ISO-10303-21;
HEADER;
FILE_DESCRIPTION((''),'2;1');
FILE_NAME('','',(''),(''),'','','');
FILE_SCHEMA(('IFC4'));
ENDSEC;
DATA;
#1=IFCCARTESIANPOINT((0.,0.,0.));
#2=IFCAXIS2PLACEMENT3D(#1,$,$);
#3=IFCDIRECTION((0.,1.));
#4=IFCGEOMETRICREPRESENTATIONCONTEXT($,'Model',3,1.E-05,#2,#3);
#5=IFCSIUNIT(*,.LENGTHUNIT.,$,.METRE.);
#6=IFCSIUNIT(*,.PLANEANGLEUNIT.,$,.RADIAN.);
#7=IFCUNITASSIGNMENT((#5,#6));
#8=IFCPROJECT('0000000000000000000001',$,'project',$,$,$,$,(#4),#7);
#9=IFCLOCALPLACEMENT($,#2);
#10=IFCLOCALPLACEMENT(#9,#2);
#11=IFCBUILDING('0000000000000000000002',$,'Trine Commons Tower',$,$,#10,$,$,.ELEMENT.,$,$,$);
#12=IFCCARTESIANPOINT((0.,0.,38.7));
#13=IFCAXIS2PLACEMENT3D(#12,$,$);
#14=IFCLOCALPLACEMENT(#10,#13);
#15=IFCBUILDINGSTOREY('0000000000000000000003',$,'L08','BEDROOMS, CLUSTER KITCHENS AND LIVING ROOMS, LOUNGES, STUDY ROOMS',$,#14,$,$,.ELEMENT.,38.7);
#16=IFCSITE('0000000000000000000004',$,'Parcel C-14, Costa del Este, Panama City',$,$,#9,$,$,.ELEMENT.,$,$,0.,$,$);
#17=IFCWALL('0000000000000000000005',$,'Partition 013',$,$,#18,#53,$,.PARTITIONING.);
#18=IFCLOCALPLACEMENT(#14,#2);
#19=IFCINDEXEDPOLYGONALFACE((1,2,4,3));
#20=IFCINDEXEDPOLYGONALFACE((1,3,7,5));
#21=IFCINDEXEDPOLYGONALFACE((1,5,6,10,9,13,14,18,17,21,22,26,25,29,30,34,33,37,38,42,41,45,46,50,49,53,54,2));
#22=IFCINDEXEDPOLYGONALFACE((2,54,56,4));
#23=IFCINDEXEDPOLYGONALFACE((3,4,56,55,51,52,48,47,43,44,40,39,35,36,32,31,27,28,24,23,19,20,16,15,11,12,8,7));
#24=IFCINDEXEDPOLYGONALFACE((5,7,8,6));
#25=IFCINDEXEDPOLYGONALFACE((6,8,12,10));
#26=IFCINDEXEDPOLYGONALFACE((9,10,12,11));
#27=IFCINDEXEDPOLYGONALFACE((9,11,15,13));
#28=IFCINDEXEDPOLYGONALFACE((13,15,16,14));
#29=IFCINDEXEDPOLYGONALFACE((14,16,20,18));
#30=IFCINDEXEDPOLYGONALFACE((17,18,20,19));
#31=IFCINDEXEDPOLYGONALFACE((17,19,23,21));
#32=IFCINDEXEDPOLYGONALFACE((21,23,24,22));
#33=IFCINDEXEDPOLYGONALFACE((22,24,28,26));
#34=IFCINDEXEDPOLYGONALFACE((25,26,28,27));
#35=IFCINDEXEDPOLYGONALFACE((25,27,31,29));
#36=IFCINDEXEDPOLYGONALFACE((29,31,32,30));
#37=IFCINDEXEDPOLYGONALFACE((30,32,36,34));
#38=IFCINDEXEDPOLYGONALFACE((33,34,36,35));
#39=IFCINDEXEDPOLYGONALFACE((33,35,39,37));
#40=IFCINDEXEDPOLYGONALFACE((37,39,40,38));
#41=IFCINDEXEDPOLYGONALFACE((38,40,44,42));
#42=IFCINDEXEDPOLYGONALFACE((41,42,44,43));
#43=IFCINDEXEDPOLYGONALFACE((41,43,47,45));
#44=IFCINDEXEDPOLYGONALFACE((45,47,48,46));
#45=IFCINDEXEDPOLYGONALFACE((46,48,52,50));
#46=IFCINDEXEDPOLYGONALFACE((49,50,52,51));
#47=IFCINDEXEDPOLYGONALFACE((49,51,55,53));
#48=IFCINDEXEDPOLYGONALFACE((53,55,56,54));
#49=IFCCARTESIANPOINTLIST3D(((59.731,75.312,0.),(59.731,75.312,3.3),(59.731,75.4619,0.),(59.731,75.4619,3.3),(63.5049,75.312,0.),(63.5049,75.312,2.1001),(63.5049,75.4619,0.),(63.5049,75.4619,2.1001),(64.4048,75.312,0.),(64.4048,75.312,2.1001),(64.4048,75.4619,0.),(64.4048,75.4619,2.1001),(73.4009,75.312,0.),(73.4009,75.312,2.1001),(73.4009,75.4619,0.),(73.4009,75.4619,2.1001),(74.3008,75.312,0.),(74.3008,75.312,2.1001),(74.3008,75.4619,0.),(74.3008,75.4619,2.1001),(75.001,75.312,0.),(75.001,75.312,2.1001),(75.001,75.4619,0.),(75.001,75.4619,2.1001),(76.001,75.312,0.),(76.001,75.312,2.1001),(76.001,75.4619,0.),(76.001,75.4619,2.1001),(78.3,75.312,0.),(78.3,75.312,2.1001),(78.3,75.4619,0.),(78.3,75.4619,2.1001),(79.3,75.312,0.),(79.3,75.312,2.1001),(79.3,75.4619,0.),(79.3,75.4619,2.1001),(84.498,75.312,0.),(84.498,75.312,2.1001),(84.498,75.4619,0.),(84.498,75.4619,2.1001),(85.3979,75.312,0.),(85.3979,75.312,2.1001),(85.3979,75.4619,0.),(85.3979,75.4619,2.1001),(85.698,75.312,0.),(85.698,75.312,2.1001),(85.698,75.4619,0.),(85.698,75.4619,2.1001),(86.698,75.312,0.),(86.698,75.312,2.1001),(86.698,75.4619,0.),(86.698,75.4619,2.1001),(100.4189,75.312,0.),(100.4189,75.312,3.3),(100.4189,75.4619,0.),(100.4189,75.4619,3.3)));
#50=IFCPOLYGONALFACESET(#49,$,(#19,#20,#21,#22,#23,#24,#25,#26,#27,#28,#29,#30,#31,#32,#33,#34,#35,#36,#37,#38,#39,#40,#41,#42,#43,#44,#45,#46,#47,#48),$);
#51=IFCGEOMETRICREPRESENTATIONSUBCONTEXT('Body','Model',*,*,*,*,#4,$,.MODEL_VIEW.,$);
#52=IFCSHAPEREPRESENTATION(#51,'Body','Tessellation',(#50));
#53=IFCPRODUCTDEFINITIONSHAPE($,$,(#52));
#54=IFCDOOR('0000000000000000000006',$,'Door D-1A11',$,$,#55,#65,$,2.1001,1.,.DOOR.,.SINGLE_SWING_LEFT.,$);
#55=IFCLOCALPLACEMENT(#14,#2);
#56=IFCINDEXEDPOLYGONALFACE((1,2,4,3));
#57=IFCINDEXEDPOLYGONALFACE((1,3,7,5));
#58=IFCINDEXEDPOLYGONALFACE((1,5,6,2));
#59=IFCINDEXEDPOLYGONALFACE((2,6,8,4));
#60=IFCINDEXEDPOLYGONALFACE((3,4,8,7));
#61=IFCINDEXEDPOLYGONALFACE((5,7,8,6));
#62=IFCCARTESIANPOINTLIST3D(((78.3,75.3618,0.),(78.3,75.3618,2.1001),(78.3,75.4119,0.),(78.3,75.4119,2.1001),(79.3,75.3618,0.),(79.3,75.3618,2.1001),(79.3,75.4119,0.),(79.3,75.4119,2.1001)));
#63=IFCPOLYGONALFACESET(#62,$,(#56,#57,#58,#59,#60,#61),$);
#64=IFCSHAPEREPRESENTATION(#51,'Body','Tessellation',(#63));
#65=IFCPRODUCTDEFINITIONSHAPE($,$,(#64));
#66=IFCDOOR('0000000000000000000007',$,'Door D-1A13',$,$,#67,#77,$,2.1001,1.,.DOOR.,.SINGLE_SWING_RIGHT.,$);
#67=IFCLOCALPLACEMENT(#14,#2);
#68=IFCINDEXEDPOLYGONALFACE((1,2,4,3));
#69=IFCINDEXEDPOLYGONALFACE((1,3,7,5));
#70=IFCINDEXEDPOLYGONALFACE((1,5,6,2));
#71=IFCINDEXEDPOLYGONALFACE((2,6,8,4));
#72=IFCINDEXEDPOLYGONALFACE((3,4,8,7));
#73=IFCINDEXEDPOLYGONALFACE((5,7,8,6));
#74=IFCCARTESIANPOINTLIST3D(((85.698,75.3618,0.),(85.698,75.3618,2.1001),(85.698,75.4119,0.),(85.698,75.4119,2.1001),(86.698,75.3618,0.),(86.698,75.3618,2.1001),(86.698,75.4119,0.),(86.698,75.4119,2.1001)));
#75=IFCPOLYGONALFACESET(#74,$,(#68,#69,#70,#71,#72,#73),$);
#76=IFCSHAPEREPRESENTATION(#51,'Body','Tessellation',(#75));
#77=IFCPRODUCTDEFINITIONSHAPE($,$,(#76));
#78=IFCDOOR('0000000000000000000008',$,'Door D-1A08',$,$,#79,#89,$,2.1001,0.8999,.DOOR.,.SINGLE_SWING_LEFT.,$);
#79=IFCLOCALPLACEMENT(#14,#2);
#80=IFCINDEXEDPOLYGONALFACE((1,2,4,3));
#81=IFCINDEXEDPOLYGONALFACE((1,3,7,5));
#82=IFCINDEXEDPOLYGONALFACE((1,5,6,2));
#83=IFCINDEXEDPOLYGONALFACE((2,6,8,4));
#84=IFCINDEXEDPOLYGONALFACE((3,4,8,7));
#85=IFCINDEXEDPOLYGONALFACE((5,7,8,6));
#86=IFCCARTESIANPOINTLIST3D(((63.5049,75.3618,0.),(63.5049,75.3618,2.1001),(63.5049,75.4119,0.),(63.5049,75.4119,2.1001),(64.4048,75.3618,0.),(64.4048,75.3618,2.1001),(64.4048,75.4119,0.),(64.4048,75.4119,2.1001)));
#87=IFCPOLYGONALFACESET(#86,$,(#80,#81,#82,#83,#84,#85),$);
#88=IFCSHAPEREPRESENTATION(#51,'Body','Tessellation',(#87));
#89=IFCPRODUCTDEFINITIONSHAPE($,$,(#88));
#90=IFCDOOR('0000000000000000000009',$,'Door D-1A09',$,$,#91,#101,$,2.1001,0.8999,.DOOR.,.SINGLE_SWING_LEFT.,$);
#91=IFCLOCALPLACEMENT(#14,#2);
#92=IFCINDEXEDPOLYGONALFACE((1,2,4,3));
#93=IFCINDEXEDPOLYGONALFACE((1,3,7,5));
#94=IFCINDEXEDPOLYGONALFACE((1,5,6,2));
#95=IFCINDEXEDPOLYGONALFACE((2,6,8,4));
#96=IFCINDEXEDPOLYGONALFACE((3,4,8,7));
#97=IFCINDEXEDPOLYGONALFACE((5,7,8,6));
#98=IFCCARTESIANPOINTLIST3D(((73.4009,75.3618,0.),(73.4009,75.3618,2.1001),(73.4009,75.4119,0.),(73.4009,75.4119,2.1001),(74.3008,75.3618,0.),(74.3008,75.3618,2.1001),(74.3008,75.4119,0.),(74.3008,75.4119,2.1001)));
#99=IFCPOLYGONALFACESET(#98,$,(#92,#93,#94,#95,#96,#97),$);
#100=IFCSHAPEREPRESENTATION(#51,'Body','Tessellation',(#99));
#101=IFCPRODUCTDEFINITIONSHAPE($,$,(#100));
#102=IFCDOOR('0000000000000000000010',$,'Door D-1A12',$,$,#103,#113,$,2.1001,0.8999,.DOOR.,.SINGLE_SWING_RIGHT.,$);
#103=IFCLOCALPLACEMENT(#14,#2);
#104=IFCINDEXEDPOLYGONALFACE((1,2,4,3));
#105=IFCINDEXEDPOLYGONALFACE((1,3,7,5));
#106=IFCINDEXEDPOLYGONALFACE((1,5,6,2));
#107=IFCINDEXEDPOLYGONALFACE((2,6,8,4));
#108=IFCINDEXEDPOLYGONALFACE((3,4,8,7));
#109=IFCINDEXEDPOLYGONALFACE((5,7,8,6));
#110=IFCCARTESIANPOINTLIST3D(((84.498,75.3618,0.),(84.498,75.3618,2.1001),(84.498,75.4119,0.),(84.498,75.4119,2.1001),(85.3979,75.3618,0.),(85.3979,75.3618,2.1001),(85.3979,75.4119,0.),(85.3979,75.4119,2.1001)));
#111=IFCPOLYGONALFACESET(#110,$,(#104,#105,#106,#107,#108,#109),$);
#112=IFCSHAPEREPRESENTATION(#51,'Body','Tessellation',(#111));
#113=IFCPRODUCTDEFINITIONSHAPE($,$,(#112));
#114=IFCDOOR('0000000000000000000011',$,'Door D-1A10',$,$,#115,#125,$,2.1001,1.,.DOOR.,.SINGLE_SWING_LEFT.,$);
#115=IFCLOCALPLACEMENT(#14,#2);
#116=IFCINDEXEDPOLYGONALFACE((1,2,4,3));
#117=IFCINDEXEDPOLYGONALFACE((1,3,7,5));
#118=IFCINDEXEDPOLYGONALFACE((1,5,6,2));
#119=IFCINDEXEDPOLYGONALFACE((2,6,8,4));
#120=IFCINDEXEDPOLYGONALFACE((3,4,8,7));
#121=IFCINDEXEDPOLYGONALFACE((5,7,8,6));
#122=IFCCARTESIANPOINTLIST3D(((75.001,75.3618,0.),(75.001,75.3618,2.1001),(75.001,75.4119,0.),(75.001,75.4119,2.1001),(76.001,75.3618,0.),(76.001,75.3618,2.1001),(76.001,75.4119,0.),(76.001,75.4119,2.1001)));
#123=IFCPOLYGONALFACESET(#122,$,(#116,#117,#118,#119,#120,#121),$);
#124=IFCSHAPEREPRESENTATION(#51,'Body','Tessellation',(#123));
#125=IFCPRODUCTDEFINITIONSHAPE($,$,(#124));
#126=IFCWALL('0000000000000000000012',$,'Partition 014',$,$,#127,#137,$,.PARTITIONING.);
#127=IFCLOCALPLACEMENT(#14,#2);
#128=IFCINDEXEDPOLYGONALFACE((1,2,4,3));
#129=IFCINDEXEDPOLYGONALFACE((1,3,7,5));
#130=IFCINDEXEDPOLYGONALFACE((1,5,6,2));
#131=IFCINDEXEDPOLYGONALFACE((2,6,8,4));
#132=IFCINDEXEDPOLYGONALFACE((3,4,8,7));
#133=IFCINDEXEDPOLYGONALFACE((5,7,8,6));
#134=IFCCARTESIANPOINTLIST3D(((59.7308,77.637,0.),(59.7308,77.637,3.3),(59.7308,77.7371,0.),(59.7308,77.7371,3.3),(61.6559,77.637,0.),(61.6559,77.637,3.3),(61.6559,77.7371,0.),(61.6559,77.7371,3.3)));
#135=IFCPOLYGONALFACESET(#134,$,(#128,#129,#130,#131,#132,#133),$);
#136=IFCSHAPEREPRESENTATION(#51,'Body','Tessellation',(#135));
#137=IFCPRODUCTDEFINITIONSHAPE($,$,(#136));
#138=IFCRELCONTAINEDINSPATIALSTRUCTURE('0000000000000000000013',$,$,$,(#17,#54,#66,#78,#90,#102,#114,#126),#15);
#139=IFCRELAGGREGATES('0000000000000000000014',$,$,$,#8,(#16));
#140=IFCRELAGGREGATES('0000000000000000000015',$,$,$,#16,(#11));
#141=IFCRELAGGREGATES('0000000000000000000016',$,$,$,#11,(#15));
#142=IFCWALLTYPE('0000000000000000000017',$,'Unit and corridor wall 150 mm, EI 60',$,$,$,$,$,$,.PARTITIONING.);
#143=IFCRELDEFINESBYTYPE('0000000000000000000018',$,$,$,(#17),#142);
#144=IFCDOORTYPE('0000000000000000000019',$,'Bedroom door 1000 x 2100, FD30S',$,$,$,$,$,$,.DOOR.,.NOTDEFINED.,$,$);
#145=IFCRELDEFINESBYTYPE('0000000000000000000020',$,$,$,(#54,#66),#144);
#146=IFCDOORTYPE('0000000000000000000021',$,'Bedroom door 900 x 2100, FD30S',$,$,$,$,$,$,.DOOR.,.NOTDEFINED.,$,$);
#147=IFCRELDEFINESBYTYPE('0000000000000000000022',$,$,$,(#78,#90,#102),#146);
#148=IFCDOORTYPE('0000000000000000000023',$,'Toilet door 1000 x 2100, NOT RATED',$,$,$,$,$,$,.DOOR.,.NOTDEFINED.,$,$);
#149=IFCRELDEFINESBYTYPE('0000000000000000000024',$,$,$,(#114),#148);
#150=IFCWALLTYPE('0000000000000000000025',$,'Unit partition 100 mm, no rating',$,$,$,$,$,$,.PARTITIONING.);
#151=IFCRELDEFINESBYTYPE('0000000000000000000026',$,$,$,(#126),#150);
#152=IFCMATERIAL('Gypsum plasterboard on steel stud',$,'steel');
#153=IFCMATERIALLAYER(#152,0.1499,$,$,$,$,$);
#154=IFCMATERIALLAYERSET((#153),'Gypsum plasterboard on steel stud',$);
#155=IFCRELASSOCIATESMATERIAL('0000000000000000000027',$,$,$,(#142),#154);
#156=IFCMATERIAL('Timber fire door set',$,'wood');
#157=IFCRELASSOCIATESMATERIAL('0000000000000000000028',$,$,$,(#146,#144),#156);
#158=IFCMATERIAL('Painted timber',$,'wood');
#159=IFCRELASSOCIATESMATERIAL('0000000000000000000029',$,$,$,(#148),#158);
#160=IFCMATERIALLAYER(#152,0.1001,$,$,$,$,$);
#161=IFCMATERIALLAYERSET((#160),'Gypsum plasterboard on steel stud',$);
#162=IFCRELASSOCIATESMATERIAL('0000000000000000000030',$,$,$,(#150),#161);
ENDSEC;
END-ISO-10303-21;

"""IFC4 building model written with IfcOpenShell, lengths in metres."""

from ifc_helpers import new_model, si_unit, direction, frame, frame_2d, origin, place, context, subcontext, project, spatial, rectangle, extrude, material, layer, layer_set, type_object, element, fill, save


model = new_model("IFC4")

# Units and contexts
model_context = context("Model", 3, precision=1e-05, world=origin(), true_north=direction((0.0, 1.0)))
body_context = subcontext(model_context, "Body", "Model", "MODEL_VIEW")
ifc_project = project(units=[si_unit("LENGTHUNIT", "METRE"), si_unit("PLANEANGLEUNIT", "RADIAN")], contexts=[model_context])

# Site, building, storey
site_placement = place(None, origin())
site = spatial("IfcSite", under=ifc_project, at=site_placement, Name="Parcel C-14, Costa del Este, Panama City", CompositionType="ELEMENT", RefElevation=0.0)
building_placement = place(site_placement, origin())
building = spatial("IfcBuilding", under=site, at=building_placement, Name="Trine Commons Tower", CompositionType="ELEMENT")
storey_placement = place(building_placement, frame((0.0, 0.0, 38.7)))
storey = spatial("IfcBuildingStorey", under=building, at=storey_placement, Name="L08", Description="BEDROOMS, CLUSTER KITCHENS AND LIVING ROOMS, LOUNGES, STUDY ROOMS", CompositionType="ELEMENT", Elevation=38.7)

# Shared definitions
ifc_material_1 = material(Name="Gypsum plasterboard on steel stud", Category="steel")
ifc_layer_1 = layer(ifc_material_1, 0.1499)
ifc_layer_set_1 = layer_set([ifc_layer_1], Name="Gypsum plasterboard on steel stud")
wall_type_1 = type_object("IfcWallType", Name="Unit and corridor wall 150 mm, EI 60", PredefinedType="PARTITIONING", material=ifc_layer_set_1)

# Shared definitions
ifc_material_2 = material(Name="Timber fire door set", Category="wood")
door_type_1 = type_object("IfcDoorType", Name="Bedroom door 900 x 2100, FD30S", OperationType="NOTDEFINED", PredefinedType="DOOR", material=ifc_material_2)

# Wall, openings, doors
wall_1_placement = place(storey_placement, frame((59.731, 75.387, 0.0), z_axis=(0.0, 0.0, 1.0), x_axis=(1.0, 0.0, 0.0)))
wall_1 = element("IfcWall", 1, at=wall_1_placement, inside=storey, type_object=wall_type_1, Name="Partition 013", PredefinedType="PARTITIONING", context=body_context, shape_type="SweptSolid", body=[
    extrude(rectangle(XDim=40.688, YDim=0.1499, at=frame_2d((20.344, 0.0))), origin(), (0.0, 0.0, 1.0), 3.3),
])
opening_1_placement = place(wall_1_placement, frame((3.7739, 0.0, 0.0)))
opening_1 = element("IfcOpeningElement", 2, at=opening_1_placement, cuts=wall_1, PredefinedType="OPENING", context=body_context, shape_type="SweptSolid", body=[
    extrude(rectangle(XDim=0.8999, YDim=2.1001, at=frame_2d((0.45, 1.05))), frame((0.0, 0.085, 0.0), z_axis=(0.0, -1.0, 0.0), x_axis=(1.0, 0.0, 0.0)), (0.0, 0.0, 1.0), 0.1699),
])
opening_2_placement = place(wall_1_placement, frame((13.6699, 0.0, 0.0)))
opening_2 = element("IfcOpeningElement", 3, at=opening_2_placement, cuts=wall_1, PredefinedType="OPENING", context=body_context, shape_type="SweptSolid", body=[
    extrude(rectangle(XDim=0.8999, YDim=2.1001, at=frame_2d((0.45, 1.05))), frame((0.0, 0.085, 0.0), z_axis=(0.0, -1.0, 0.0), x_axis=(1.0, 0.0, 0.0)), (0.0, 0.0, 1.0), 0.1699),
])
opening_3_placement = place(wall_1_placement, frame((15.27, 0.0, 0.0)))
opening_3 = element("IfcOpeningElement", 4, at=opening_3_placement, cuts=wall_1, PredefinedType="OPENING", context=body_context, shape_type="SweptSolid", body=[
    extrude(rectangle(XDim=1.0, YDim=2.1001, at=frame_2d((0.5, 1.05))), frame((0.0, 0.085, 0.0), z_axis=(0.0, -1.0, 0.0), x_axis=(1.0, 0.0, 0.0)), (0.0, 0.0, 1.0), 0.1699),
])
opening_4_placement = place(wall_1_placement, frame((18.5691, 0.0, 0.0)))
opening_4 = element("IfcOpeningElement", 5, at=opening_4_placement, cuts=wall_1, PredefinedType="OPENING", context=body_context, shape_type="SweptSolid", body=[
    extrude(rectangle(XDim=1.0, YDim=2.1001, at=frame_2d((0.5, 1.05))), frame((0.0, 0.085, 0.0), z_axis=(0.0, -1.0, 0.0), x_axis=(1.0, 0.0, 0.0)), (0.0, 0.0, 1.0), 0.1699),
])
opening_5_placement = place(wall_1_placement, frame((24.7671, 0.0, 0.0)))
opening_5 = element("IfcOpeningElement", 6, at=opening_5_placement, cuts=wall_1, PredefinedType="OPENING", context=body_context, shape_type="SweptSolid", body=[
    extrude(rectangle(XDim=0.8999, YDim=2.1001, at=frame_2d((0.45, 1.05))), frame((0.0, 0.085, 0.0), z_axis=(0.0, -1.0, 0.0), x_axis=(1.0, 0.0, 0.0)), (0.0, 0.0, 1.0), 0.1699),
])
opening_6_placement = place(wall_1_placement, frame((25.967, 0.0, 0.0)))
opening_6 = element("IfcOpeningElement", 7, at=opening_6_placement, cuts=wall_1, PredefinedType="OPENING", context=body_context, shape_type="SweptSolid", body=[
    extrude(rectangle(XDim=1.0, YDim=2.1001, at=frame_2d((0.5, 1.05))), frame((0.0, 0.085, 0.0), z_axis=(0.0, -1.0, 0.0), x_axis=(1.0, 0.0, 0.0)), (0.0, 0.0, 1.0), 0.1699),
])
door_type_2 = type_object("IfcDoorType", Name="Bedroom door 1000 x 2100, FD30S", OperationType="NOTDEFINED", PredefinedType="DOOR", material=ifc_material_2)
door_1_placement = place(opening_4_placement, origin())
door_1 = element("IfcDoor", 8, at=door_1_placement, inside=storey, type_object=door_type_2, Name="Door D-1A11", OperationType="SINGLE_SWING_LEFT", OverallHeight=2.1001, OverallWidth=1.0, PredefinedType="DOOR", context=body_context, shape_type="SweptSolid", body=[
    extrude(rectangle(XDim=1.0, YDim=2.1001, at=frame_2d((0.5, 1.05))), frame((0.0, 0.0249, 0.0), z_axis=(0.0, -1.0, 0.0), x_axis=(1.0, 0.0, 0.0)), (0.0, 0.0, 1.0), 0.05),
])
fill(opening_4, door_1)
door_2_placement = place(opening_6_placement, origin())
door_2 = element("IfcDoor", 9, at=door_2_placement, inside=storey, type_object=door_type_2, Name="Door D-1A13", OperationType="SINGLE_SWING_RIGHT", OverallHeight=2.1001, OverallWidth=1.0, PredefinedType="DOOR", context=body_context, shape_type="SweptSolid", body=[
    extrude(rectangle(XDim=1.0, YDim=2.1001, at=frame_2d((0.5, 1.05))), frame((0.0, 0.0249, 0.0), z_axis=(0.0, -1.0, 0.0), x_axis=(1.0, 0.0, 0.0)), (0.0, 0.0, 1.0), 0.05),
])
fill(opening_6, door_2)
door_3_placement = place(opening_1_placement, origin())
door_3 = element("IfcDoor", 10, at=door_3_placement, inside=storey, type_object=door_type_1, Name="Door D-1A08", OperationType="SINGLE_SWING_LEFT", OverallHeight=2.1001, OverallWidth=0.8999, PredefinedType="DOOR", context=body_context, shape_type="SweptSolid", body=[
    extrude(rectangle(XDim=0.8999, YDim=2.1001, at=frame_2d((0.45, 1.05))), frame((0.0, 0.0249, 0.0), z_axis=(0.0, -1.0, 0.0), x_axis=(1.0, 0.0, 0.0)), (0.0, 0.0, 1.0), 0.05),
])
fill(opening_1, door_3)
door_4_placement = place(opening_2_placement, origin())
door_4 = element("IfcDoor", 11, at=door_4_placement, inside=storey, type_object=door_type_1, Name="Door D-1A09", OperationType="SINGLE_SWING_LEFT", OverallHeight=2.1001, OverallWidth=0.8999, PredefinedType="DOOR", context=body_context, shape_type="SweptSolid", body=[
    extrude(rectangle(XDim=0.8999, YDim=2.1001, at=frame_2d((0.45, 1.05))), frame((0.0, 0.0249, 0.0), z_axis=(0.0, -1.0, 0.0), x_axis=(1.0, 0.0, 0.0)), (0.0, 0.0, 1.0), 0.05),
])
fill(opening_2, door_4)
door_5_placement = place(opening_5_placement, origin())
door_5 = element("IfcDoor", 12, at=door_5_placement, inside=storey, type_object=door_type_1, Name="Door D-1A12", OperationType="SINGLE_SWING_RIGHT", OverallHeight=2.1001, OverallWidth=0.8999, PredefinedType="DOOR", context=body_context, shape_type="SweptSolid", body=[
    extrude(rectangle(XDim=0.8999, YDim=2.1001, at=frame_2d((0.45, 1.05))), frame((0.0, 0.0249, 0.0), z_axis=(0.0, -1.0, 0.0), x_axis=(1.0, 0.0, 0.0)), (0.0, 0.0, 1.0), 0.05),
])
fill(opening_5, door_5)
ifc_material_3 = material(Name="Painted timber", Category="wood")
door_type_3 = type_object("IfcDoorType", Name="Toilet door 1000 x 2100, NOT RATED", OperationType="NOTDEFINED", PredefinedType="DOOR", material=ifc_material_3)
door_6_placement = place(opening_3_placement, origin())
door_6 = element("IfcDoor", 13, at=door_6_placement, inside=storey, type_object=door_type_3, Name="Door D-1A10", OperationType="SINGLE_SWING_LEFT", OverallHeight=2.1001, OverallWidth=1.0, PredefinedType="DOOR", context=body_context, shape_type="SweptSolid", body=[
    extrude(rectangle(XDim=1.0, YDim=2.1001, at=frame_2d((0.5, 1.05))), frame((0.0, 0.0249, 0.0), z_axis=(0.0, -1.0, 0.0), x_axis=(1.0, 0.0, 0.0)), (0.0, 0.0, 1.0), 0.05),
])
fill(opening_3, door_6)

# Wall
ifc_layer_2 = layer(ifc_material_1, 0.1001)
ifc_layer_set_2 = layer_set([ifc_layer_2], Name="Gypsum plasterboard on steel stud")
wall_type_2 = type_object("IfcWallType", Name="Unit partition 100 mm, no rating", PredefinedType="PARTITIONING", material=ifc_layer_set_2)
wall_2_placement = place(storey_placement, frame((59.731, 77.687, 0.0), z_axis=(0.0, 0.0, 1.0), x_axis=(1.0, 0.0, 0.0)))
element("IfcWall", 14, at=wall_2_placement, inside=storey, type_object=wall_type_2, Name="Partition 014", PredefinedType="PARTITIONING", context=body_context, shape_type="SweptSolid", body=[
    extrude(rectangle(XDim=1.925, YDim=0.1001, at=frame_2d((0.9624, 0.0))), origin(), (0.0, 0.0, 1.0), 3.3),
])

save(model, "model.ifc")
